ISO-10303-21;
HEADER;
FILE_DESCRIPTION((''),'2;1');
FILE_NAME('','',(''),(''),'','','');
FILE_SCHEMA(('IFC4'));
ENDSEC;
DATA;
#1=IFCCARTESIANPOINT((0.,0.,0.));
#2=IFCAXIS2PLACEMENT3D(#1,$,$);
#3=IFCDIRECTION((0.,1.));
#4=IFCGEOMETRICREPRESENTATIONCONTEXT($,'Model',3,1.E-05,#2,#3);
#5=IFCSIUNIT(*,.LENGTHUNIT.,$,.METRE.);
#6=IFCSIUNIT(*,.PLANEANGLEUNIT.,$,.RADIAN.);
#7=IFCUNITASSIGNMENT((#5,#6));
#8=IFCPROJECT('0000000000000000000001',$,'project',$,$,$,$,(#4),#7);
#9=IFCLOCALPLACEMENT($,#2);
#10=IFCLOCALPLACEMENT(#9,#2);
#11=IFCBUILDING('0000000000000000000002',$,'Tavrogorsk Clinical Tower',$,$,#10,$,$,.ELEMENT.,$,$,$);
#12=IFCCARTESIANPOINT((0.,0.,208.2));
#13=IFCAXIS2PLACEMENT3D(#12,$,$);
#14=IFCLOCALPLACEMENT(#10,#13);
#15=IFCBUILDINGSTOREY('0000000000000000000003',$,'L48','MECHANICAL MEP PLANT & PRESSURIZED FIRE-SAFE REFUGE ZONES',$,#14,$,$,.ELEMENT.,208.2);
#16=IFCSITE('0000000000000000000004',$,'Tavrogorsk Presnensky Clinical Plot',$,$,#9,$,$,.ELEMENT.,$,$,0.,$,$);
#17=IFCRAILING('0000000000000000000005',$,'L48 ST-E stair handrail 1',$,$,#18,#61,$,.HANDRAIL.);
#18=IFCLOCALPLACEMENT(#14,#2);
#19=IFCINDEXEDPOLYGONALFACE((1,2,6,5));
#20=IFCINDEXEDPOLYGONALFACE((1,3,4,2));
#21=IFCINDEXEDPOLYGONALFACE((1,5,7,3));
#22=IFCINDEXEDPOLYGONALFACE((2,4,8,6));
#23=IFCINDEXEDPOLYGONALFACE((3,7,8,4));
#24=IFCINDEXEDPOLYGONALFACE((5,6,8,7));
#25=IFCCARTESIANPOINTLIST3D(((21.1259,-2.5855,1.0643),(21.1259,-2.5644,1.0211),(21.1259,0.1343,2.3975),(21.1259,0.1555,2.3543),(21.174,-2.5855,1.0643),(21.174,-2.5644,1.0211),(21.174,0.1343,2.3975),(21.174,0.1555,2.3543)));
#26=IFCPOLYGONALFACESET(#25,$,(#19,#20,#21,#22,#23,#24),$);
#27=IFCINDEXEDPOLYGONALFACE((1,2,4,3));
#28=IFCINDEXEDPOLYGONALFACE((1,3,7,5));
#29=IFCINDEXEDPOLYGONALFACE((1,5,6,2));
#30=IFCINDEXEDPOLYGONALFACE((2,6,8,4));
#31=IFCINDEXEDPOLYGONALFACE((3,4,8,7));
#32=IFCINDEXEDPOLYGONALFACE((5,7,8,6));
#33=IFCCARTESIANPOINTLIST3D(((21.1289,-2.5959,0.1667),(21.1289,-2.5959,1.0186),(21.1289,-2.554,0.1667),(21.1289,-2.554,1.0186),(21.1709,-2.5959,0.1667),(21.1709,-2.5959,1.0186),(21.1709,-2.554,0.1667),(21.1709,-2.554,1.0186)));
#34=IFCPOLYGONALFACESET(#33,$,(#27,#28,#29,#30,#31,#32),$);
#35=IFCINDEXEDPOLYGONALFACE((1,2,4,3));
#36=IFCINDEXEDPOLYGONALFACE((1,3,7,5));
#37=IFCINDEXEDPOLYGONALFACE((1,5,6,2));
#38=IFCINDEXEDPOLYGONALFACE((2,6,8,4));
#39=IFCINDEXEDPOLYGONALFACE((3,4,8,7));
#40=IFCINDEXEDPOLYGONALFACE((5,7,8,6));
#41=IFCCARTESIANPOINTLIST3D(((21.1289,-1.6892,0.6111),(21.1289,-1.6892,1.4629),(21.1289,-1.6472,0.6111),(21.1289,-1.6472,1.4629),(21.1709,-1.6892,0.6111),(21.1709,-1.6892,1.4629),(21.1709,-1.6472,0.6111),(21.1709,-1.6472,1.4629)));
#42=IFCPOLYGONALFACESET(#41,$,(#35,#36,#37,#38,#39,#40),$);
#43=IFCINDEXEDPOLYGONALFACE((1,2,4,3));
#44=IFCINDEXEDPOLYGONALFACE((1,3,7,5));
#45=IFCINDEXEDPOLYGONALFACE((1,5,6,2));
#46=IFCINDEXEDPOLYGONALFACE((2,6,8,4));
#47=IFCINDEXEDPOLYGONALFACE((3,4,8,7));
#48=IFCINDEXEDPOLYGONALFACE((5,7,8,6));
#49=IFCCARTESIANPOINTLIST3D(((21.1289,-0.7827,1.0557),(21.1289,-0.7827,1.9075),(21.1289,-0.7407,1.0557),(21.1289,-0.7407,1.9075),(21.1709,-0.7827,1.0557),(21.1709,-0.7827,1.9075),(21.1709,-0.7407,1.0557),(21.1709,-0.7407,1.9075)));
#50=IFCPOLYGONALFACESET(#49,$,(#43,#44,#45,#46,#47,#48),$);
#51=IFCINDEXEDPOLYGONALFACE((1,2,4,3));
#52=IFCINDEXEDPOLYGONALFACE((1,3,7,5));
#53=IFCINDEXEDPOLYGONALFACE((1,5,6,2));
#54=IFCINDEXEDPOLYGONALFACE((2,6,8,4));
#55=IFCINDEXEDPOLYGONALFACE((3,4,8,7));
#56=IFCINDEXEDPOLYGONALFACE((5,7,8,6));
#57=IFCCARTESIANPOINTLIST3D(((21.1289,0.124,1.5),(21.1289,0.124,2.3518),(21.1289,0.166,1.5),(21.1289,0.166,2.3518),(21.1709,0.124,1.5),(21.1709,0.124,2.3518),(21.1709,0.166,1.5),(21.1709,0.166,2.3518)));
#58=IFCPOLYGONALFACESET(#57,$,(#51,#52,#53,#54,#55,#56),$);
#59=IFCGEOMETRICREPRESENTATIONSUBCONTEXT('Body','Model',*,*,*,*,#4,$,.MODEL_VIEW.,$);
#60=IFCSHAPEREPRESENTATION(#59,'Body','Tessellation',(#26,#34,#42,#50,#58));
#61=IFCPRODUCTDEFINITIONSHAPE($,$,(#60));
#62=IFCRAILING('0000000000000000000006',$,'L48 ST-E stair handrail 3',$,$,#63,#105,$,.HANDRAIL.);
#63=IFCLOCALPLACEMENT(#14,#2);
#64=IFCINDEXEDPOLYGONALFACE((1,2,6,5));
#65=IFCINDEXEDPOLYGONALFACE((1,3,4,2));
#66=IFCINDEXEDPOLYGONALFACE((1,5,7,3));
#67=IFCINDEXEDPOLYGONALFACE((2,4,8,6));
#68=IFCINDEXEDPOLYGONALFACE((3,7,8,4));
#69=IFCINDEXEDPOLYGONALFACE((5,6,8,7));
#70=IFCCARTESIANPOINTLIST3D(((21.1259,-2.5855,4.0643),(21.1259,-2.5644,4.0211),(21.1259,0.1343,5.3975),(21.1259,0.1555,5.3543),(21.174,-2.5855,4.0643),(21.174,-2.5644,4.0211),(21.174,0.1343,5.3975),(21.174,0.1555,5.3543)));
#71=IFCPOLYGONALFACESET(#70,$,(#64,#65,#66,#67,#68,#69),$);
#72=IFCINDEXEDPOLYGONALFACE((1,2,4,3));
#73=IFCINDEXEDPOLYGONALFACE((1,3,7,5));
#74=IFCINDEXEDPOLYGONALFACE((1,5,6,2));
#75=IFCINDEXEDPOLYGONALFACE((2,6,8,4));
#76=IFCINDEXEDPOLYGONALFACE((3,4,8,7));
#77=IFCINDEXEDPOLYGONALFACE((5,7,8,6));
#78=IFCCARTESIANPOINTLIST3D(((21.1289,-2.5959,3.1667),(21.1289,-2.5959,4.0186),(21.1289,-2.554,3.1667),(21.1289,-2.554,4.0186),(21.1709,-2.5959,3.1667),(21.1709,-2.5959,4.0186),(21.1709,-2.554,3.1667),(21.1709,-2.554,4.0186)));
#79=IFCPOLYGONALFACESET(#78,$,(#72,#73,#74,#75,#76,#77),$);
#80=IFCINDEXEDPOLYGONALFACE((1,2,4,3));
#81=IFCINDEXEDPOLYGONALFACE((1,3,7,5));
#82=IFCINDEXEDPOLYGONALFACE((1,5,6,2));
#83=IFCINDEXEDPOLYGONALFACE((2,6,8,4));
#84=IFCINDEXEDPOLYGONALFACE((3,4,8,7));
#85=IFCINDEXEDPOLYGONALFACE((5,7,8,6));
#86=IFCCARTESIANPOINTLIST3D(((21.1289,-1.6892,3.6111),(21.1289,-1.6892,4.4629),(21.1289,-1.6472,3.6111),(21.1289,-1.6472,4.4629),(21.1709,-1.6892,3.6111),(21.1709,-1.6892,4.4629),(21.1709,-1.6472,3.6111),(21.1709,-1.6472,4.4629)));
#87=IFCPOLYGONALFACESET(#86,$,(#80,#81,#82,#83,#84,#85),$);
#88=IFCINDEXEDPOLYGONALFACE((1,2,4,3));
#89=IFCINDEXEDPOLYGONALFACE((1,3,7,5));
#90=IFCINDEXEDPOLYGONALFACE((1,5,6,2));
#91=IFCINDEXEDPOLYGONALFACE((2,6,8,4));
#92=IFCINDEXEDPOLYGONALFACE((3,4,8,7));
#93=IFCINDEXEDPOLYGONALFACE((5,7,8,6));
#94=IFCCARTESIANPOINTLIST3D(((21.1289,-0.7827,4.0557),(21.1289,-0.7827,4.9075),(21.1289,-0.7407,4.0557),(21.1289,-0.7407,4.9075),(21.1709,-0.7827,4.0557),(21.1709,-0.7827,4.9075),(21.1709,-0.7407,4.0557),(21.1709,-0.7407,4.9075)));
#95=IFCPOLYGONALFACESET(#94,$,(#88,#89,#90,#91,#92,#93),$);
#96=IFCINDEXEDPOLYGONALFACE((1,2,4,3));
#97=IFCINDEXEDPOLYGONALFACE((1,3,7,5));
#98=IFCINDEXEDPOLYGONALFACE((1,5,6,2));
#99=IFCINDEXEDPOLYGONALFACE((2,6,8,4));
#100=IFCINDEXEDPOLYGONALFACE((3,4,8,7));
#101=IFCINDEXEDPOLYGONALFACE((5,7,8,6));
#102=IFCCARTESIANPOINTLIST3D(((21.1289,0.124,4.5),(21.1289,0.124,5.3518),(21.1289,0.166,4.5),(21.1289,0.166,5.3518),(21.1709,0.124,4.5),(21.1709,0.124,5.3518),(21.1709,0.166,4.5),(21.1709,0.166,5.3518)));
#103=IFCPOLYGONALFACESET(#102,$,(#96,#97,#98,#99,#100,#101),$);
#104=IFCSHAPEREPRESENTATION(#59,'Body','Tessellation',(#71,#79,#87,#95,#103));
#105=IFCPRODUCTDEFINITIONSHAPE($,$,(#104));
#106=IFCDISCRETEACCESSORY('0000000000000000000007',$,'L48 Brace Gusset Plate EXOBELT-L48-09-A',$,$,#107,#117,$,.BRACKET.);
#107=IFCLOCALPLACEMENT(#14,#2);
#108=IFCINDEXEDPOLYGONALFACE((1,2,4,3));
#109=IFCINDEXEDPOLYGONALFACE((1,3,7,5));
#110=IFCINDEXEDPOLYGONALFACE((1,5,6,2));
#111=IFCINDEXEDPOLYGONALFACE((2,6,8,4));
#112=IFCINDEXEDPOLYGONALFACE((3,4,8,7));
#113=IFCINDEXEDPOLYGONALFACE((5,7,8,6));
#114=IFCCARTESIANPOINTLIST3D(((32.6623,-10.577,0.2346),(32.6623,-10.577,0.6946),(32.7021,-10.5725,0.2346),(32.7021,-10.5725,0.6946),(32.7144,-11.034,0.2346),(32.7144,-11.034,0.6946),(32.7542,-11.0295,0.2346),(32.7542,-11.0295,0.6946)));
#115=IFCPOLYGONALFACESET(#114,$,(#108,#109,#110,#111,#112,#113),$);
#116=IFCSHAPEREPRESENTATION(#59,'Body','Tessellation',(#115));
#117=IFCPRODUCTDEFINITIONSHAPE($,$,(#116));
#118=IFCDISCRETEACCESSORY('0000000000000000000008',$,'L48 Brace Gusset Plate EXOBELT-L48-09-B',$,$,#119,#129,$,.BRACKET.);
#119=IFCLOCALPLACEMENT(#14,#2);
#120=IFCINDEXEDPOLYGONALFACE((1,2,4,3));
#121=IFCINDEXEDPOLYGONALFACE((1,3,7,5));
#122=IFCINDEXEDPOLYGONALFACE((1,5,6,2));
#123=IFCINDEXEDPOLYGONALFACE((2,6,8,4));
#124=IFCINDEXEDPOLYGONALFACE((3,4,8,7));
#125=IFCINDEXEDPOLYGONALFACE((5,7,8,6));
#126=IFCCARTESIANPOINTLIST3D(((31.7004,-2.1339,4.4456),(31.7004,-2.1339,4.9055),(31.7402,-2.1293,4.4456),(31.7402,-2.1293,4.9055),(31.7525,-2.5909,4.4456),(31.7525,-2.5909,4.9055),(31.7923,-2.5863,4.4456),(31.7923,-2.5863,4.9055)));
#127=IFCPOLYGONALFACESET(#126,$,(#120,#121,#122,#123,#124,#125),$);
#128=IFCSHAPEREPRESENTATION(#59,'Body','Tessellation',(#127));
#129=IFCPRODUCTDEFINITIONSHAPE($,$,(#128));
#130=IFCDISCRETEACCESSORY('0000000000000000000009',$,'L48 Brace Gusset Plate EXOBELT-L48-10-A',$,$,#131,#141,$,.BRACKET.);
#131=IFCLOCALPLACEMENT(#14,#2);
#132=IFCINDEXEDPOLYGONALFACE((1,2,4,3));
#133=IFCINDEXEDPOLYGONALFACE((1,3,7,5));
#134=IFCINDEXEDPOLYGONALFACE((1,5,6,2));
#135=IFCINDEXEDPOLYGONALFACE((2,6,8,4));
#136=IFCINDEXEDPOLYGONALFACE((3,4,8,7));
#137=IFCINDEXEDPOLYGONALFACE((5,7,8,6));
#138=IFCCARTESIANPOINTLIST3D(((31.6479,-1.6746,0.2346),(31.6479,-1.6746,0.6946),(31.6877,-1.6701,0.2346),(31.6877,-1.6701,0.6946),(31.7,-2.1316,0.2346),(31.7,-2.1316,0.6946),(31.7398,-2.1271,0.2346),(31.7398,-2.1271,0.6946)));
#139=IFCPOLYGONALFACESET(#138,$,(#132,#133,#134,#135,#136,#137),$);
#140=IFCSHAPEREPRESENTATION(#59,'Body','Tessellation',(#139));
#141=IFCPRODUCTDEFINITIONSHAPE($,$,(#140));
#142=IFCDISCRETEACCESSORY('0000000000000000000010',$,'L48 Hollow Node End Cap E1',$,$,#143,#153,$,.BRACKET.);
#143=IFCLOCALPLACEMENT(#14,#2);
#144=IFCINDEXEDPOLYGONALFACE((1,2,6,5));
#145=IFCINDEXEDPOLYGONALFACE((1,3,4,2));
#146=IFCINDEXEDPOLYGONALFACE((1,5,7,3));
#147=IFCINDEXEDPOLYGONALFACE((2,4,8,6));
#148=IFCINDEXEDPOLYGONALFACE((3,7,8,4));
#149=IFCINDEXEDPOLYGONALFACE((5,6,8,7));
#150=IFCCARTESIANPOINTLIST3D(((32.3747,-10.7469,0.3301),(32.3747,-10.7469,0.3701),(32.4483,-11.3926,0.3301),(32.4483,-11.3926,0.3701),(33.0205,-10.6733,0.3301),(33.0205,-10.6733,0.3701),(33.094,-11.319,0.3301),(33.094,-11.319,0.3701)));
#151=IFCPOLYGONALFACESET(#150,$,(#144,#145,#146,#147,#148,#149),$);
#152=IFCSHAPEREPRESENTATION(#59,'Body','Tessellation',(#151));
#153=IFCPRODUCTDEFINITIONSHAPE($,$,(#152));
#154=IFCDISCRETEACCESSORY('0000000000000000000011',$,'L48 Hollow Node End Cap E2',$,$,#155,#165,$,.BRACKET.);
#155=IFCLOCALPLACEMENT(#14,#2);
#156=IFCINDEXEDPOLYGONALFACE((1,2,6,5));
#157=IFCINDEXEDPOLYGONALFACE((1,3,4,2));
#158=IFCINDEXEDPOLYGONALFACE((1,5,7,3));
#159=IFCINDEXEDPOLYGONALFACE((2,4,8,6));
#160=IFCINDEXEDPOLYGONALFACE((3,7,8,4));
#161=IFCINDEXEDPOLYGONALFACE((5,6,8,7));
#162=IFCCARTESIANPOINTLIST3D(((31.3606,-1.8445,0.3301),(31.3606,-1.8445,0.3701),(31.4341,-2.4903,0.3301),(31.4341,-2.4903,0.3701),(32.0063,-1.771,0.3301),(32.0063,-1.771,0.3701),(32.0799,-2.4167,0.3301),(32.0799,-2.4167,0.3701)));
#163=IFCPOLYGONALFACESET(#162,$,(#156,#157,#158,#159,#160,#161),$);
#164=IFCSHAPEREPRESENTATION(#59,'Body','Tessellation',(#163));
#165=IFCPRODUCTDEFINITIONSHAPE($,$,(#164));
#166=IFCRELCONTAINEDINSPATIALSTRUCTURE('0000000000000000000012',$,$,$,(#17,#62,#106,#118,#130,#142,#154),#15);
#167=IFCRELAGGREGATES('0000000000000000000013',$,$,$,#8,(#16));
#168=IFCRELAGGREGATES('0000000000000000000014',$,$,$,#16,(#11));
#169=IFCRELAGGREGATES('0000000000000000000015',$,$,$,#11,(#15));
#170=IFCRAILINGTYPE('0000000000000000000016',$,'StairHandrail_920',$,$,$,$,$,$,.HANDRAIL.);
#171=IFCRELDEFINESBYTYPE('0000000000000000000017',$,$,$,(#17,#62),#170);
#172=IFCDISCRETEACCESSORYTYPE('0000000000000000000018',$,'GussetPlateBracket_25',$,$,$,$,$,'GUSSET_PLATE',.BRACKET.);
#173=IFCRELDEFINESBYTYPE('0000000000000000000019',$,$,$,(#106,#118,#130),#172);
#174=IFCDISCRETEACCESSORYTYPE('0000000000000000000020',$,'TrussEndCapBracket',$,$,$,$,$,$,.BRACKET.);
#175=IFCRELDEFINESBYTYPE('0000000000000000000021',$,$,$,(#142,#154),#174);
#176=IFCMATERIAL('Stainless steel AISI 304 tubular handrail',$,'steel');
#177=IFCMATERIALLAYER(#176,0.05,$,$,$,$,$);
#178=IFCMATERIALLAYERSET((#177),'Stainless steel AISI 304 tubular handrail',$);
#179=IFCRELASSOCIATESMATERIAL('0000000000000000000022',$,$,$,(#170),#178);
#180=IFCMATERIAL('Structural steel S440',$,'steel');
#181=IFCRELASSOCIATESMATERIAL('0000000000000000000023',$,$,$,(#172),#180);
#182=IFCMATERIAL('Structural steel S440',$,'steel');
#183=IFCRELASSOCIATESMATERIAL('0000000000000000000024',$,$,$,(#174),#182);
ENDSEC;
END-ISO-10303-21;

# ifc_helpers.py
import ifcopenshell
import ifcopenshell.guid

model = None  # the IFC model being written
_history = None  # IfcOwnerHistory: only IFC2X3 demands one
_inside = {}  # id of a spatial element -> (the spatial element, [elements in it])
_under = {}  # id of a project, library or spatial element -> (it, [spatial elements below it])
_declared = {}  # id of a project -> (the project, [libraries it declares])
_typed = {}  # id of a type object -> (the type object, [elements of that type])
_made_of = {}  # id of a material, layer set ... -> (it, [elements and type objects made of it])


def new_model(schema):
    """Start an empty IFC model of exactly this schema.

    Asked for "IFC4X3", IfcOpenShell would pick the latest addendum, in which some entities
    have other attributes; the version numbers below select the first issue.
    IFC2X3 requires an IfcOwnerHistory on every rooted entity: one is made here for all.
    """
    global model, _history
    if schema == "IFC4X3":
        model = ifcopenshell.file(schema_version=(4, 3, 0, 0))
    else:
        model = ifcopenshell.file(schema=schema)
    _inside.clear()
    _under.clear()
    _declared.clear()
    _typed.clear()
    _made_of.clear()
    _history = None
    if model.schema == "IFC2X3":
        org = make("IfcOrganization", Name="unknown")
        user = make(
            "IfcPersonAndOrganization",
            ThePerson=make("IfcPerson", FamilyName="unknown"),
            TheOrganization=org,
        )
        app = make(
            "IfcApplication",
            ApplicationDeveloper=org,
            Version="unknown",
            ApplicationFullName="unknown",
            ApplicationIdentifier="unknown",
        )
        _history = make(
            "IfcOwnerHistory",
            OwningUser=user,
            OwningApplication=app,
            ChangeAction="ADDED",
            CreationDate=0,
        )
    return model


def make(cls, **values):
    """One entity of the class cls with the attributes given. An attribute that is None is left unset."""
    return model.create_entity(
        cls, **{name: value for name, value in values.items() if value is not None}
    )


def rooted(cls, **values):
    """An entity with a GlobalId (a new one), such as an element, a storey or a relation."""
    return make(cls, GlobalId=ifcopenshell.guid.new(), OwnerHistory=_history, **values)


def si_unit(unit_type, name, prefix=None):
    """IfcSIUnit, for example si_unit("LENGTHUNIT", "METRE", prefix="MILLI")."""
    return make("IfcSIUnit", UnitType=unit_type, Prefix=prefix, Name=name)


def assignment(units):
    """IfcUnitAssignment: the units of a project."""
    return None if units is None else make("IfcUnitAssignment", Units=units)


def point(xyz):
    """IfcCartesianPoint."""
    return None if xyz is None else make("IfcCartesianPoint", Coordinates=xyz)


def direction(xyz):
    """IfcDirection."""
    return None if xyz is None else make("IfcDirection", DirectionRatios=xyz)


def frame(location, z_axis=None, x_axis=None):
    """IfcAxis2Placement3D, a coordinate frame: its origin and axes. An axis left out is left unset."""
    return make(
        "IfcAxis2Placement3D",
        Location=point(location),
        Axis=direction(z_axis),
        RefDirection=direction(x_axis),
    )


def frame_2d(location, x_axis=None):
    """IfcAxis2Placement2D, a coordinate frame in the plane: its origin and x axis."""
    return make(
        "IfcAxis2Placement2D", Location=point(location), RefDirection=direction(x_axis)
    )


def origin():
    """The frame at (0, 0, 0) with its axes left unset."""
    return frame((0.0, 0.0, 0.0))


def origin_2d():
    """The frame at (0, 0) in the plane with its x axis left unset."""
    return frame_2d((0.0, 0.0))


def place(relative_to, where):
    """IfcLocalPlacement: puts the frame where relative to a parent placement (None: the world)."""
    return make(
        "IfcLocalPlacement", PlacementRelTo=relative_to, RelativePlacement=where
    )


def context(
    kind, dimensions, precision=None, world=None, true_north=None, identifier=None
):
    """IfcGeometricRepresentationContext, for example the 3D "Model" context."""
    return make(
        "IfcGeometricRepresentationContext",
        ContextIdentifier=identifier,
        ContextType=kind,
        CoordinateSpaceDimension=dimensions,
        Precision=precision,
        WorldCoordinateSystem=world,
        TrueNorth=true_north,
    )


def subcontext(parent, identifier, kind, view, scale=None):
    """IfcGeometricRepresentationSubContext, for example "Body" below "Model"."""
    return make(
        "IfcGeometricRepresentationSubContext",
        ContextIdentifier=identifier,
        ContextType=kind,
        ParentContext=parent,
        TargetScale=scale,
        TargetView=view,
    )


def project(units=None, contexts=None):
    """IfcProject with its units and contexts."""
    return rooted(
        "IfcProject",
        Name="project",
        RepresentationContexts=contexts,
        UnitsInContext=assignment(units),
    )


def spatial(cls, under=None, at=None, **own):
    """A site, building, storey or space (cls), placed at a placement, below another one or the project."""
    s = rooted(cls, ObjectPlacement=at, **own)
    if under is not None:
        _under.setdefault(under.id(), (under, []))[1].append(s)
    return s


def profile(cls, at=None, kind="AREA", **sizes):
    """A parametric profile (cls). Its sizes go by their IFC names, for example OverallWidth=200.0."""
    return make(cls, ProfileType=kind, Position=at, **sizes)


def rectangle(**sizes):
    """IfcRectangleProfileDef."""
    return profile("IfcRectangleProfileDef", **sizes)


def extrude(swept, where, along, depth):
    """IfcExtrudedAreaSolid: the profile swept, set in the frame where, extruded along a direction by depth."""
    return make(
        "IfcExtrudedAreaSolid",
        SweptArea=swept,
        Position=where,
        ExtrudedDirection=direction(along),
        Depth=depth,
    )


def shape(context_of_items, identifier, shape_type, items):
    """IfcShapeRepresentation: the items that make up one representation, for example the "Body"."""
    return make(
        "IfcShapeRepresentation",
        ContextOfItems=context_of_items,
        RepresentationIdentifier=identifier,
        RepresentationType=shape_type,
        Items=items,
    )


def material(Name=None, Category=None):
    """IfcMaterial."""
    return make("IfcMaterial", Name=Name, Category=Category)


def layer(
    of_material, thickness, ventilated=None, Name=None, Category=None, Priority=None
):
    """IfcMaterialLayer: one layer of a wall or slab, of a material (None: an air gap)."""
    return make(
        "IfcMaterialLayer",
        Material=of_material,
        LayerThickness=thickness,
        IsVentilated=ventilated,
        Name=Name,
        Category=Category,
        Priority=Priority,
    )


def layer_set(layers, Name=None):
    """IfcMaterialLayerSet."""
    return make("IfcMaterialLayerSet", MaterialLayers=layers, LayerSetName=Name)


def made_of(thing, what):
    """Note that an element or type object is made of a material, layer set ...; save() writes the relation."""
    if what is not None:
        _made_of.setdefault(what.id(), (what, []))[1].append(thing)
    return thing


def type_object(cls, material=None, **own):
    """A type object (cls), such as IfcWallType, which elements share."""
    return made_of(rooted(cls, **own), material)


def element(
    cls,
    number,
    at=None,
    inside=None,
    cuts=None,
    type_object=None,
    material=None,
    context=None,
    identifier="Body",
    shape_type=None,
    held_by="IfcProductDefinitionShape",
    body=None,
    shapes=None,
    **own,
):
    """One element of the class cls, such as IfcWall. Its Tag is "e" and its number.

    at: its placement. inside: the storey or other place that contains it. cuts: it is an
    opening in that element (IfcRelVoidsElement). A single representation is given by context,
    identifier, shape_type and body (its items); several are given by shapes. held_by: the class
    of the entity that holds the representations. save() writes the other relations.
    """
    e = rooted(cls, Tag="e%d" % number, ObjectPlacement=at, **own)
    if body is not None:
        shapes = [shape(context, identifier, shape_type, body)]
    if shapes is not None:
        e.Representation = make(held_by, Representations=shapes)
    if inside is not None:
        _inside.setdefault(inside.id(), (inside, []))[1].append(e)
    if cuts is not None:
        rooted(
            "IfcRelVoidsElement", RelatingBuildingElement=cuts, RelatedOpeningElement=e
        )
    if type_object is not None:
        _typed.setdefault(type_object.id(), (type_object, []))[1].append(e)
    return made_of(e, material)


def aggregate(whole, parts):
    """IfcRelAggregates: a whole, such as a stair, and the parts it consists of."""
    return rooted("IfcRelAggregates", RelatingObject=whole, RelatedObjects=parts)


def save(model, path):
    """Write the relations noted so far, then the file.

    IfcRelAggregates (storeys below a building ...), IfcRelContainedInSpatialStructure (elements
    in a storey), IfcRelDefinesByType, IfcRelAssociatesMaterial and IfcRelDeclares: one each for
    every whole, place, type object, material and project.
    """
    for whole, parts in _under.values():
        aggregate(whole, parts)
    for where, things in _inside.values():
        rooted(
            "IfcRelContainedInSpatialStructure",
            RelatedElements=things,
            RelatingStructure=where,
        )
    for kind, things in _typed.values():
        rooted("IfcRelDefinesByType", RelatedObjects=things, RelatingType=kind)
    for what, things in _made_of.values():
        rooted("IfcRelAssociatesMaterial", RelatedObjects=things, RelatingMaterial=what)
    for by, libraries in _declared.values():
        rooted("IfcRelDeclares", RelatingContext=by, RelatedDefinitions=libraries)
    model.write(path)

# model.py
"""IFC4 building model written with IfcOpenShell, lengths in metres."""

from ifc_helpers import new_model, si_unit, direction, frame, origin, origin_2d, place, context, subcontext, project, spatial, rectangle, extrude, material, layer, layer_set, type_object, element, save


model = new_model("IFC4")

# Units and contexts
model_context = context("Model", 3, precision=1e-05, world=origin(), true_north=direction((0.0, 1.0)))
body_context = subcontext(model_context, "Body", "Model", "MODEL_VIEW")
ifc_project = project(units=[si_unit("LENGTHUNIT", "METRE"), si_unit("PLANEANGLEUNIT", "RADIAN")], contexts=[model_context])

# Site, building, storey
site_placement = place(None, origin())
site = spatial("IfcSite", under=ifc_project, at=site_placement, Name="Tavrogorsk Presnensky Clinical Plot", CompositionType="ELEMENT", RefElevation=0.0)
building_placement = place(site_placement, origin())
building = spatial("IfcBuilding", under=site, at=building_placement, Name="Tavrogorsk Clinical Tower", CompositionType="ELEMENT")
storey_placement = place(building_placement, frame((0.0, 0.0, 208.2)))
storey = spatial("IfcBuildingStorey", under=building, at=storey_placement, Name="L48", Description="MECHANICAL MEP PLANT & PRESSURIZED FIRE-SAFE REFUGE ZONES", CompositionType="ELEMENT", Elevation=208.2)

# Railings
ifc_material_1 = material(Name="Stainless steel AISI 304 tubular handrail", Category="steel")
ifc_layer_1 = layer(ifc_material_1, 0.05)
ifc_layer_set_1 = layer_set([ifc_layer_1], Name="Stainless steel AISI 304 tubular handrail")
railing_type_1 = type_object("IfcRailingType", Name="StairHandrail_920", PredefinedType="HANDRAIL", material=ifc_layer_set_1)
for number, where, name in (
    (1, (21.1499, -2.575, 0.1667), "L48 ST-E stair handrail 1"),
    (2, (21.1499, -2.575, 3.1667), "L48 ST-E stair handrail 3"),
):
    element("IfcRailing", number, at=place(storey_placement, frame(where)), inside=storey, type_object=railing_type_1, Name=name, PredefinedType="HANDRAIL", context=body_context, shape_type="SweptSolid", body=[
        extrude(rectangle(XDim=0.0481, YDim=0.0481, at=origin_2d()), frame((0.0, 0.0, 0.876), z_axis=(0.0, 0.897929, 0.440139), x_axis=(-1.0, 0.0, 0.0)), (0.0, 0.0, 1.0), 3.0291),
        extrude(rectangle(XDim=0.042, YDim=0.042, at=origin_2d()), origin(), (0.0, 0.0, 1.0), 0.8518),
        extrude(rectangle(XDim=0.042, YDim=0.042, at=origin_2d()), frame((0.0, 0.9067, 0.4443)), (0.0, 0.0, 1.0), 0.8518),
        extrude(rectangle(XDim=0.042, YDim=0.042, at=origin_2d()), frame((0.0, 1.8132, 0.8889)), (0.0, 0.0, 1.0), 0.8518),
        extrude(rectangle(XDim=0.042, YDim=0.042, at=origin_2d()), frame((0.0, 2.72, 1.3333)), (0.0, 0.0, 1.0), 0.8518),
    ])

# Discrete accessories
ifc_material_2 = material(Name="Structural steel S440", Category="steel")
discrete_accessory_type_1 = type_object("IfcDiscreteAccessoryType", Name="GussetPlateBracket_25", ElementType="GUSSET_PLATE", PredefinedType="BRACKET", material=ifc_material_2)
for number, where, z_axis, x_axis, name in (
    (3, (32.7083, -10.8032, 0.2346), (0.0, 0.0, 1.0), (-0.113203, 0.993572, 0.0), "L48 Brace Gusset Plate EXOBELT-L48-09-A"),
    (4, (31.7463, -2.3601, 4.4456), (0.0, 0.0, 1.0), (-0.113203, 0.993572, 0.0), "L48 Brace Gusset Plate EXOBELT-L48-09-B"),
    (5, (31.6938, -1.9009, 0.2346), (0.0, 0.0, 1.0), (-0.113203, 0.993572, 0.0), "L48 Brace Gusset Plate EXOBELT-L48-10-A"),
):
    element("IfcDiscreteAccessory", number, at=place(storey_placement, frame(where, z_axis=z_axis, x_axis=x_axis)), inside=storey, type_object=discrete_accessory_type_1, Name=name, PredefinedType="BRACKET", context=body_context, shape_type="SweptSolid", body=[
        extrude(rectangle(XDim=0.46, YDim=0.04, at=origin_2d()), origin(), (0.0, 0.0, 1.0), 0.46),
    ])
ifc_material_3 = material(Name="Structural steel S440", Category="steel")
discrete_accessory_type_2 = type_object("IfcDiscreteAccessoryType", Name="TrussEndCapBracket", PredefinedType="BRACKET", material=ifc_material_3)
for number, where, z_axis, x_axis, name in (
    (6, (32.7344, -11.033, 0.3301), (0.0, 0.0, 1.0), (0.993572, 0.113203, 0.0), "L48 Hollow Node End Cap E1"),
    (7, (31.7202, -2.1306, 0.3301), (0.0, 0.0, 1.0), (0.993572, 0.113203, 0.0), "L48 Hollow Node End Cap E2"),
):
    element("IfcDiscreteAccessory", number, at=place(storey_placement, frame(where, z_axis=z_axis, x_axis=x_axis)), inside=storey, type_object=discrete_accessory_type_2, Name=name, PredefinedType="BRACKET", context=body_context, shape_type="SweptSolid", body=[
        extrude(rectangle(XDim=0.6499, YDim=0.6499, at=origin_2d()), origin(), (0.0, 0.0, 1.0), 0.04),
    ])

save(model, "model.ifc")
